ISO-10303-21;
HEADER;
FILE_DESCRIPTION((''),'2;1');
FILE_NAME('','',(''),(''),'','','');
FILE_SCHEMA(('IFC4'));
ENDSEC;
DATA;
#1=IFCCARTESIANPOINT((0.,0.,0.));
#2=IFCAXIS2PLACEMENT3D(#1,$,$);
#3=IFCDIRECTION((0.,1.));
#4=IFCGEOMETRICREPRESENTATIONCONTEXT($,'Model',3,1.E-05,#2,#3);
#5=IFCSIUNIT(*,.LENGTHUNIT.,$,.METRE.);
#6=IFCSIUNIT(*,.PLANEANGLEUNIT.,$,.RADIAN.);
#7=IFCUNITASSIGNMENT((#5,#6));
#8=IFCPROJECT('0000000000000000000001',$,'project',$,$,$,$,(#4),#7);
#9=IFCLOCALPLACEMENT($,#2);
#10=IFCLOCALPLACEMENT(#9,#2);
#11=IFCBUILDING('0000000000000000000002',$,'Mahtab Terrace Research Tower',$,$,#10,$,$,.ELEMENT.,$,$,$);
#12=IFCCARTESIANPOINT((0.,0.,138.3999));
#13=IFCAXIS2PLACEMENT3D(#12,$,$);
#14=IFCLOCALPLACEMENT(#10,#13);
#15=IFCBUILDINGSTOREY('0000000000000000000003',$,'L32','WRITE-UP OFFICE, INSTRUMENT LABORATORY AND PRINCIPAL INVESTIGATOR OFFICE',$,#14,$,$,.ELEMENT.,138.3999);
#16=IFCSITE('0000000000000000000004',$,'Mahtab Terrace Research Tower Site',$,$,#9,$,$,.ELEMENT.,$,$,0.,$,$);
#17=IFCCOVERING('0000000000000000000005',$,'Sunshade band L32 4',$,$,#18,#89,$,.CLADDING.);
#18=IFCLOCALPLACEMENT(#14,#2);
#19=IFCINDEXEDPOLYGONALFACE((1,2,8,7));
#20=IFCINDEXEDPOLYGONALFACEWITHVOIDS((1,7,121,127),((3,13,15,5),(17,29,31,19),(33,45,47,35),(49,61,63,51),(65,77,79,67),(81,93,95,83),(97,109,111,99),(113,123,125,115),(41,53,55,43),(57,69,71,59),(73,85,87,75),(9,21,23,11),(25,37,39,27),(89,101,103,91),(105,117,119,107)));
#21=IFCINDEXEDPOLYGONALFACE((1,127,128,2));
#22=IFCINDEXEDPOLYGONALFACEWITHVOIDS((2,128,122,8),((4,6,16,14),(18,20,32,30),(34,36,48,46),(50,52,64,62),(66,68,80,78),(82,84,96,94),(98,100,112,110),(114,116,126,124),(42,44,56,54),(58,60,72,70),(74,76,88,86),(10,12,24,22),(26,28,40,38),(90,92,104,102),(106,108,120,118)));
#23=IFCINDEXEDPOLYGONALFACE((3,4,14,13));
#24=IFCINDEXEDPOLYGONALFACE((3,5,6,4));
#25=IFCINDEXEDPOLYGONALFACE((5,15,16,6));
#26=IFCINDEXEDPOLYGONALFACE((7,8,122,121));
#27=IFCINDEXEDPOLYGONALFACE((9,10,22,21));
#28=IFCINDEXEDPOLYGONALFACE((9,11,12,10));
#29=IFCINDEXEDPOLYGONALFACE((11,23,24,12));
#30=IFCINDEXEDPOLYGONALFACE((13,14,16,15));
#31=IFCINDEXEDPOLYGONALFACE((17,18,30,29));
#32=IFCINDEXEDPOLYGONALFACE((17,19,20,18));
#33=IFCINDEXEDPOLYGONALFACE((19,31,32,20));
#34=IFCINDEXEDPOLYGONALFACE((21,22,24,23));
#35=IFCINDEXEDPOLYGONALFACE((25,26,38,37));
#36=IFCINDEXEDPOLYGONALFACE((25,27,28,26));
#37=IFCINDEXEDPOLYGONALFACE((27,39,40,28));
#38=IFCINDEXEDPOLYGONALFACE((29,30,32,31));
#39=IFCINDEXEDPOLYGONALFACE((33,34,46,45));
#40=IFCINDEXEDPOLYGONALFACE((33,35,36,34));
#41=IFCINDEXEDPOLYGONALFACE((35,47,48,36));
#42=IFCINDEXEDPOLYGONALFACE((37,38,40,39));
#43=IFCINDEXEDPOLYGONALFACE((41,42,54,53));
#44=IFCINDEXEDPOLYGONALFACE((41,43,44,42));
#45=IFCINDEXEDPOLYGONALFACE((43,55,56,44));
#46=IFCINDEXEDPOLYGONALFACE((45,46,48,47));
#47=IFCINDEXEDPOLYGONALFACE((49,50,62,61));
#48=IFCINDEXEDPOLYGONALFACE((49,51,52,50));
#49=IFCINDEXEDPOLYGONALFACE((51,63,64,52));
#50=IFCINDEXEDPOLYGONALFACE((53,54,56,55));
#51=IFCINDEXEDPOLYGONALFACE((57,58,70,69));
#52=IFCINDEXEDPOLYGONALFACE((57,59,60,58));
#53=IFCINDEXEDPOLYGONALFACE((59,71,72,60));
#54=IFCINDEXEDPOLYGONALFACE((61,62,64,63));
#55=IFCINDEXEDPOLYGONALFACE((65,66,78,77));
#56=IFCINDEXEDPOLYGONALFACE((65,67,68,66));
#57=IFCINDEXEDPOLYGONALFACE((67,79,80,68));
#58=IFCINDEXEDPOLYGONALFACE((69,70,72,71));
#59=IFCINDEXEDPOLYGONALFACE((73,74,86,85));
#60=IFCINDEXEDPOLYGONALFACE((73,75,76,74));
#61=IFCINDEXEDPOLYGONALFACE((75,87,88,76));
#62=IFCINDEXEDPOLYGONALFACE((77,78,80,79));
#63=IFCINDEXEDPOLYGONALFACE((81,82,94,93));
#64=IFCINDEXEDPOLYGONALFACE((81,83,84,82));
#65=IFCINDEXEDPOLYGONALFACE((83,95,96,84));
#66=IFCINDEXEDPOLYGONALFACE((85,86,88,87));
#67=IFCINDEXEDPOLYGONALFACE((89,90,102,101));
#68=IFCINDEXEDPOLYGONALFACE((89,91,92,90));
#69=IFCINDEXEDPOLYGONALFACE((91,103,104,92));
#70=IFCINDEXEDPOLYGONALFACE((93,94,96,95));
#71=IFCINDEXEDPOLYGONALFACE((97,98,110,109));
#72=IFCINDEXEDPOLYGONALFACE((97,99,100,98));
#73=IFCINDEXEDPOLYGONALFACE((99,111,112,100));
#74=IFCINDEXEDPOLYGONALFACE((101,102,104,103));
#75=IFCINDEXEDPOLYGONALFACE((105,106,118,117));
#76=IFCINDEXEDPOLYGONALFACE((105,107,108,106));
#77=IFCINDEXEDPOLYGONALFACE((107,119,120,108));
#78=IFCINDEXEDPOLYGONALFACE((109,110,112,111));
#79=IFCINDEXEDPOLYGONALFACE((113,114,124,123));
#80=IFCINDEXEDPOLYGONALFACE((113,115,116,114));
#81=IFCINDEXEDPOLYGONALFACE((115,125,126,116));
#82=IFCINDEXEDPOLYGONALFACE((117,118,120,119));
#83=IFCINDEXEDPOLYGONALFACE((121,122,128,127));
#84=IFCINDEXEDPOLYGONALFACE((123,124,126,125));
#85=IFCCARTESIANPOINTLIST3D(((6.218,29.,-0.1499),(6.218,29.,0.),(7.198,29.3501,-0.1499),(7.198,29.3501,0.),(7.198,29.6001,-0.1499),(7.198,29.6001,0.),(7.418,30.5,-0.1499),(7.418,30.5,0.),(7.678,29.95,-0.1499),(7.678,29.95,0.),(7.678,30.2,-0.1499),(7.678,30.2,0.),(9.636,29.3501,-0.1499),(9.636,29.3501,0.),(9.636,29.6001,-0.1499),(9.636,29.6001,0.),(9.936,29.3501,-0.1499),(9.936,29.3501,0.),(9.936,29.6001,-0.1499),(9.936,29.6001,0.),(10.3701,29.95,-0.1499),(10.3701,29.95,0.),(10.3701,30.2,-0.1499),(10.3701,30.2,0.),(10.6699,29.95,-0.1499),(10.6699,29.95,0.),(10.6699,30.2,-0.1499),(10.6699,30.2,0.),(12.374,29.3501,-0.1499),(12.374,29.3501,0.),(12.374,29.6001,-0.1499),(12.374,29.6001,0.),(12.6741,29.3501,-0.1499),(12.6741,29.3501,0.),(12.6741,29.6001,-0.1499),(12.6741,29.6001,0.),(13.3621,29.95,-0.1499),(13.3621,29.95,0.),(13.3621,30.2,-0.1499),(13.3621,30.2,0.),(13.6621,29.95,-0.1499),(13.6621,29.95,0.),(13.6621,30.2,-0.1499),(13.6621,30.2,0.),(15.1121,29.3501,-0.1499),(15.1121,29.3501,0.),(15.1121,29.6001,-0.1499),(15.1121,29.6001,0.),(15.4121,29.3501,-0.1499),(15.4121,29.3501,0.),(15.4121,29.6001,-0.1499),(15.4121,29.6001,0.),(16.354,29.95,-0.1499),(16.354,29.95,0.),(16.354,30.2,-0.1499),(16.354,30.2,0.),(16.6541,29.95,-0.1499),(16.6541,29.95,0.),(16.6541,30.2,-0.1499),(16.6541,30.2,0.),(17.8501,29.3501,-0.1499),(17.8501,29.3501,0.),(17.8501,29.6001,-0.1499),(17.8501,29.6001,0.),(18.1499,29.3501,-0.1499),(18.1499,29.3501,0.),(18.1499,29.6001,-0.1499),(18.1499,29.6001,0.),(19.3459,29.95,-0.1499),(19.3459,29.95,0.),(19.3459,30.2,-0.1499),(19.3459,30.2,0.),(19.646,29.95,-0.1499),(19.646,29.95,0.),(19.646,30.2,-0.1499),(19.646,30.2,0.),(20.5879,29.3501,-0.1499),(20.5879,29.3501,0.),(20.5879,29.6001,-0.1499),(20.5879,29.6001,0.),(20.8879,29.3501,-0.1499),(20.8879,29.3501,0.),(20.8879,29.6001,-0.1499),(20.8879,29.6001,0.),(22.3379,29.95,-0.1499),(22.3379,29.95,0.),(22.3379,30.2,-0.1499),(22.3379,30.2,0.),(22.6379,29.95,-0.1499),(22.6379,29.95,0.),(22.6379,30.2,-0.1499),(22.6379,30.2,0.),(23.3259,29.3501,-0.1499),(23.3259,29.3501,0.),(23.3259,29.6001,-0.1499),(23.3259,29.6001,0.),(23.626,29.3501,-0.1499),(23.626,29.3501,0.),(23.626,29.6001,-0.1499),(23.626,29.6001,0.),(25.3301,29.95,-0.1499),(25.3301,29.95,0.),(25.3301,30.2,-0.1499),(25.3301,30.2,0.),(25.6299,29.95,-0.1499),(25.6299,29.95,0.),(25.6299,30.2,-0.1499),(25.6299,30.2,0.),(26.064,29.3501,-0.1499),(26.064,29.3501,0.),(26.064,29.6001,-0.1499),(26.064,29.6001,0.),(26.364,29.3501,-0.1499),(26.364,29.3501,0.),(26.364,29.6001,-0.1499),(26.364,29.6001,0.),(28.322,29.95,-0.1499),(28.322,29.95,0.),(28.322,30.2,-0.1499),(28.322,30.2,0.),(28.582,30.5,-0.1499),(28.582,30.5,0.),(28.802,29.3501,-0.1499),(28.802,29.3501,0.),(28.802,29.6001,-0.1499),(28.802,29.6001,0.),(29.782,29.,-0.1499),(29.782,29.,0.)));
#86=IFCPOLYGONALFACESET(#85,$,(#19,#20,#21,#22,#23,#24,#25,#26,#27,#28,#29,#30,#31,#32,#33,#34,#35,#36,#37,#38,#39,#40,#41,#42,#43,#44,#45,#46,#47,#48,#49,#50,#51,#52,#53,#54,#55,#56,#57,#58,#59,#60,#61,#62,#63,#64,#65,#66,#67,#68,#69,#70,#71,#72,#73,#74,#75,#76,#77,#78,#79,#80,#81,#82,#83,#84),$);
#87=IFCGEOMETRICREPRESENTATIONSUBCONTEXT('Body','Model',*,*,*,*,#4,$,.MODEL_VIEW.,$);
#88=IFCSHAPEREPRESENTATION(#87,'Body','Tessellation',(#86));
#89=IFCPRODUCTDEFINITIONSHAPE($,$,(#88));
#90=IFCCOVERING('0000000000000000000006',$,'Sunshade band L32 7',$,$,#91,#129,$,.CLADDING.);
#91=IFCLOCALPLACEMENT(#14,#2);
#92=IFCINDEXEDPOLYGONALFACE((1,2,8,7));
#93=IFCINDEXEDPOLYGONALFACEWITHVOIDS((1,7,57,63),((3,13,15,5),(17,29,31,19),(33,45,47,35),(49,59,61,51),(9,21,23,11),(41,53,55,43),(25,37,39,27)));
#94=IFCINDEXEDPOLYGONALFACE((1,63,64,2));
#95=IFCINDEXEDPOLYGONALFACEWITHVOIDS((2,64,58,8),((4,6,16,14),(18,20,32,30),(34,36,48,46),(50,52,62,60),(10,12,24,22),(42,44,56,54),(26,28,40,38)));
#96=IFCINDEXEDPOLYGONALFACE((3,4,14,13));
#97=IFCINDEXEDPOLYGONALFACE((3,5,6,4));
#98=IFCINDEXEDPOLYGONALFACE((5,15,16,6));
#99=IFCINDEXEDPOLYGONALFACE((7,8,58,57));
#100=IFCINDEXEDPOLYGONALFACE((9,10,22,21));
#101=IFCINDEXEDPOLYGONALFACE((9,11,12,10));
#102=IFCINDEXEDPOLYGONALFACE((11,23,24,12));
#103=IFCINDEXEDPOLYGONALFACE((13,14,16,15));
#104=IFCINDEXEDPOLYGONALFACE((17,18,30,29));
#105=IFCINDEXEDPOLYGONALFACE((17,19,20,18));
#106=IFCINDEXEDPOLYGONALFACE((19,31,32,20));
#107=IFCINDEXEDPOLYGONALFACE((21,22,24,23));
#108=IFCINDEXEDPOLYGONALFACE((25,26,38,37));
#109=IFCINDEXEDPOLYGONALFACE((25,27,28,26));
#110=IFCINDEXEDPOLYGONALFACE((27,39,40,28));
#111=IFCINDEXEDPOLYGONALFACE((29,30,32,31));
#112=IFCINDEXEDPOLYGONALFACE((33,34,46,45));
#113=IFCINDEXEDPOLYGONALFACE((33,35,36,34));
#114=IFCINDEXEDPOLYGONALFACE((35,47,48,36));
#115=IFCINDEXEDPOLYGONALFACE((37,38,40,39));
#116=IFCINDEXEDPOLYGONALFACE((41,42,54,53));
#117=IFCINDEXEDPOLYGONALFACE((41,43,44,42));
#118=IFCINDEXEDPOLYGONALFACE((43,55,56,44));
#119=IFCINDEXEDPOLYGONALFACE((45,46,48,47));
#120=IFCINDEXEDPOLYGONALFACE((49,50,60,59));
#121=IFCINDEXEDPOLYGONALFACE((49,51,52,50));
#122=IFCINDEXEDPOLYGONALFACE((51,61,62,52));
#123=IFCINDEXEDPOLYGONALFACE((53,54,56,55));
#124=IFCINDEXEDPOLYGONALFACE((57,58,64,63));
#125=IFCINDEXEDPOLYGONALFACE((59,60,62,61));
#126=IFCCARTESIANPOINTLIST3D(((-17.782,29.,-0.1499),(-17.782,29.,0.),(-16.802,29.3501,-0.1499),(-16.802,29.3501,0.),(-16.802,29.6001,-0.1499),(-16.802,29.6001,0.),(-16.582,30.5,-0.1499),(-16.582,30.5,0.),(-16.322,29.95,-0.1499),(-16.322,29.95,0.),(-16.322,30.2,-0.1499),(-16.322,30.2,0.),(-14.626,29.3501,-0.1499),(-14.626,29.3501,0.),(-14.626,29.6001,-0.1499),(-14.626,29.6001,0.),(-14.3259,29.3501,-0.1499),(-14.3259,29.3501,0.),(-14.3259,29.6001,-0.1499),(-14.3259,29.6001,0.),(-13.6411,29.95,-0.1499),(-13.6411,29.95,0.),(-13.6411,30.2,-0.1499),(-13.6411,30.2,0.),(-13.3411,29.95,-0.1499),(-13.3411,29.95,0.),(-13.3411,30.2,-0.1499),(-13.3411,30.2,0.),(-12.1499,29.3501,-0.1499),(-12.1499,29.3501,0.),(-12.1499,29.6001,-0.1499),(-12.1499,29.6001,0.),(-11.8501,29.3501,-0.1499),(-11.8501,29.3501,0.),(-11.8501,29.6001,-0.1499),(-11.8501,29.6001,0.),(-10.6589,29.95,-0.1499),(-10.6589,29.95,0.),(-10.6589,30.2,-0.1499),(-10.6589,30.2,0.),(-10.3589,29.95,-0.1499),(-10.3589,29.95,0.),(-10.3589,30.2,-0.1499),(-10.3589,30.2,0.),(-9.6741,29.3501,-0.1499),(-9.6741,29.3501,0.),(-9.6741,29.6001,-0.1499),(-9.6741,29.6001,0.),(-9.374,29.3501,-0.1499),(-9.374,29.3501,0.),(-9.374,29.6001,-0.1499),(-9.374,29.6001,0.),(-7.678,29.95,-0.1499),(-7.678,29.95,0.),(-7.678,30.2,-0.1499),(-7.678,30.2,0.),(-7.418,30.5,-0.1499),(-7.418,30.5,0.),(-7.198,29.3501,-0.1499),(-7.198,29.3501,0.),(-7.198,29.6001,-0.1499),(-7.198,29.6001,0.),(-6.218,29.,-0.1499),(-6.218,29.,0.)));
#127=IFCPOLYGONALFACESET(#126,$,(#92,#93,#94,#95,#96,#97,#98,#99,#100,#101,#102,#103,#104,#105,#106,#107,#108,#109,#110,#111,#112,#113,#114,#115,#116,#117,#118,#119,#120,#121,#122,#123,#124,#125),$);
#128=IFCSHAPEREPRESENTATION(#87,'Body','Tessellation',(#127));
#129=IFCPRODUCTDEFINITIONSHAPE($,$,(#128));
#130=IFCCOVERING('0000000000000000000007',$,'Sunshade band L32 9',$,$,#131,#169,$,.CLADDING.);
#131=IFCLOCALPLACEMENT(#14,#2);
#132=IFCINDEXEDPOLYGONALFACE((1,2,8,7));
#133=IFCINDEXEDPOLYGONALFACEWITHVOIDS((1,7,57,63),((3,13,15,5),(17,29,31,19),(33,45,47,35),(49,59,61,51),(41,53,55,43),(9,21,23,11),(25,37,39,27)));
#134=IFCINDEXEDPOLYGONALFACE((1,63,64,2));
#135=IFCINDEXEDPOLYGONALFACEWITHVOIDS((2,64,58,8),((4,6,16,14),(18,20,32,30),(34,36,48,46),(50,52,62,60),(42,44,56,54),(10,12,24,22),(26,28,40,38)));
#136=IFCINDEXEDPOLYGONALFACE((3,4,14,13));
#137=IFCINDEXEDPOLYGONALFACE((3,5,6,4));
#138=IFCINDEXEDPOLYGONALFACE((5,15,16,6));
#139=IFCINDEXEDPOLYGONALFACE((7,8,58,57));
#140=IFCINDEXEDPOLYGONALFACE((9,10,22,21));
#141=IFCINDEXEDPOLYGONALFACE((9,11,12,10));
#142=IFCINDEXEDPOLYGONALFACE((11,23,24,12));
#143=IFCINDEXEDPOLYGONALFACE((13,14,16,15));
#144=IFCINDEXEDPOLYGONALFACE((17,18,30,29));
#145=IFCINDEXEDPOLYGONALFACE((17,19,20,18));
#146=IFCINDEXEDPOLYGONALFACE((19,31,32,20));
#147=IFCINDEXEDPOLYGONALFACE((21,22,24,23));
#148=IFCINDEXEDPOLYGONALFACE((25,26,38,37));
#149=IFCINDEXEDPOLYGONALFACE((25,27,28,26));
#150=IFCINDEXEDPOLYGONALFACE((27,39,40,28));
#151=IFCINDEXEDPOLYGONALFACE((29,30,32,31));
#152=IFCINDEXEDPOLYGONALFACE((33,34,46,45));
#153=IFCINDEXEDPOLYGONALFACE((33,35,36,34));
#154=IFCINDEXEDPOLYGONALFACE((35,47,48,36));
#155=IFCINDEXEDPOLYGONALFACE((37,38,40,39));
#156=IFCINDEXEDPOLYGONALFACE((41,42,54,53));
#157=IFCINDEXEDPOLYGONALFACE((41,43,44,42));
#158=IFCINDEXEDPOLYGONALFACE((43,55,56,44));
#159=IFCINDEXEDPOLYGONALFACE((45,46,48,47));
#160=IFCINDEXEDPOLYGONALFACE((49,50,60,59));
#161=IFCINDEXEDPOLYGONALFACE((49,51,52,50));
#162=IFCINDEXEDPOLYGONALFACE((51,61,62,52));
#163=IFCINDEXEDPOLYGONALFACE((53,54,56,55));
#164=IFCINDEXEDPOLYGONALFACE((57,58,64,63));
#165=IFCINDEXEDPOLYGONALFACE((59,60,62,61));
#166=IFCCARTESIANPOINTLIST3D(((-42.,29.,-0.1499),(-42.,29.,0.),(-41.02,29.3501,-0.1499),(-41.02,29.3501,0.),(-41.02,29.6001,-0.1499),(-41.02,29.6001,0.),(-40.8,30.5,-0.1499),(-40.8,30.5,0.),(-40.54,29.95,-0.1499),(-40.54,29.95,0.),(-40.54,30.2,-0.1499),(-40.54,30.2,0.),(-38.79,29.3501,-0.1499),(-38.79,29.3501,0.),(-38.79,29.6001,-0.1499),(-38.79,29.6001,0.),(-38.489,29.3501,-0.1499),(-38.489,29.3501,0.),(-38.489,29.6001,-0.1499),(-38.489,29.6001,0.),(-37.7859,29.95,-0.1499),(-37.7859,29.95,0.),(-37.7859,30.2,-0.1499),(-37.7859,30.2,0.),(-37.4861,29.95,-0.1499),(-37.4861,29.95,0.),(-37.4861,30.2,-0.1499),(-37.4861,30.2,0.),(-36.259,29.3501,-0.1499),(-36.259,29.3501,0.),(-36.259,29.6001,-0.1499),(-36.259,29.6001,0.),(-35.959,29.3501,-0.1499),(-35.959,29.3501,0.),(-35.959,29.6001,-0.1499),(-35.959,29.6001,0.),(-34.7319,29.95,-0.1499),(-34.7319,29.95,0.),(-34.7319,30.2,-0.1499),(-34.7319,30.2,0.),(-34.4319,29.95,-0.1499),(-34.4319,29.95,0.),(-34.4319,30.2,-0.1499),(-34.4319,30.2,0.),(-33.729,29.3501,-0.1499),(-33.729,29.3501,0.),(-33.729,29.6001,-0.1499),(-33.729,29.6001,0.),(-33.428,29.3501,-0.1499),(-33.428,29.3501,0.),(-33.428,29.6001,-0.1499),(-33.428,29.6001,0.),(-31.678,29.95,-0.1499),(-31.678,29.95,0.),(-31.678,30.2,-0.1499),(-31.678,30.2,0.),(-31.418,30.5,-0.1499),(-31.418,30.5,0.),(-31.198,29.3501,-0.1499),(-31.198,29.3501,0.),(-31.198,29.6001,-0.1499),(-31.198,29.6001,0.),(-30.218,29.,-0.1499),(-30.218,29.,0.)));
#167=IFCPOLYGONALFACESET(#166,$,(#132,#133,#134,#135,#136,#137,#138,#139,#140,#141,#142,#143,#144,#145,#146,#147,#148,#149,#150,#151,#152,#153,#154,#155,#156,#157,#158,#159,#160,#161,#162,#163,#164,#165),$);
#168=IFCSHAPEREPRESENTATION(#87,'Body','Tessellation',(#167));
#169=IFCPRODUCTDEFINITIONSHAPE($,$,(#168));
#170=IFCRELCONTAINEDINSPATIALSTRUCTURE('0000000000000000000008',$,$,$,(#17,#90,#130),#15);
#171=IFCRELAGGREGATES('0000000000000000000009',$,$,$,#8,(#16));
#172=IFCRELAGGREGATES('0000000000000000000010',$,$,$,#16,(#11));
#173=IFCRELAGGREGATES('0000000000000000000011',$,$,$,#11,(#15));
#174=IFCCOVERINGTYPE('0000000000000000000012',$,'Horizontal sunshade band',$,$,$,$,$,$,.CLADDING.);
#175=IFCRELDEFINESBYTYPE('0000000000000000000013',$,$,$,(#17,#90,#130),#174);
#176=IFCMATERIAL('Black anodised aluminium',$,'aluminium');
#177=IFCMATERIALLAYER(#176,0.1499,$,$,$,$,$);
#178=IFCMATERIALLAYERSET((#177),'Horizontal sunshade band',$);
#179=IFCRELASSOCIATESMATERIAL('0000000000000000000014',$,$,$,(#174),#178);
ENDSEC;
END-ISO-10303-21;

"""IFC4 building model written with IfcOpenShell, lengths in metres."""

from ifc_helpers import new_model, si_unit, direction, frame, origin, place, context, subcontext, project, spatial, polyline, outline, extrude, material, layer, layer_set, type_object, element, save


model = new_model("IFC4")

# Units and contexts
model_context = context("Model", 3, precision=1e-05, world=origin(), true_north=direction((0.0, 1.0)))
body_context = subcontext(model_context, "Body", "Model", "MODEL_VIEW")
ifc_project = project(units=[si_unit("LENGTHUNIT", "METRE"), si_unit("PLANEANGLEUNIT", "RADIAN")], contexts=[model_context])

# Site, building, storey
site_placement = place(None, origin())
site = spatial("IfcSite", under=ifc_project, at=site_placement, Name="Mahtab Terrace Research Tower Site", CompositionType="ELEMENT", RefElevation=0.0)
building_placement = place(site_placement, origin())
building = spatial("IfcBuilding", under=site, at=building_placement, Name="Mahtab Terrace Research Tower", CompositionType="ELEMENT")
storey_placement = place(building_placement, frame((0.0, 0.0, 138.3999)))
storey = spatial("IfcBuildingStorey", under=building, at=storey_placement, Name="L32", Description="WRITE-UP OFFICE, INSTRUMENT LABORATORY AND PRINCIPAL INVESTIGATOR OFFICE", CompositionType="ELEMENT", Elevation=138.3999)

# Coverings
ifc_material_1 = material(Name="Black anodised aluminium", Category="aluminium")
ifc_layer_1 = layer(ifc_material_1, 0.1499)
ifc_layer_set_1 = layer_set([ifc_layer_1], Name="Horizontal sunshade band")
covering_type = type_object("IfcCoveringType", Name="Horizontal sunshade band", PredefinedType="CLADDING", material=ifc_layer_set_1)
covering_1_placement = place(storey_placement, frame((0.0, 0.0, -0.1499)))
element("IfcCovering", 1, at=covering_1_placement, inside=storey, type_object=covering_type, Name="Sunshade band L32 4", PredefinedType="CLADDING", context=body_context, shape_type="SweptSolid", body=[
    extrude(outline(polyline([(29.782, 29.0), (6.218, 29.0), (7.418, 30.5), (28.582, 30.5), (29.782, 29.0)]), holes=[polyline([(28.802, 29.3501), (26.364, 29.3501), (26.364, 29.6001), (28.802, 29.6001), (28.802, 29.3501)]), polyline([(26.064, 29.3501), (23.626, 29.3501), (23.626, 29.6001), (26.064, 29.6001), (26.064, 29.3501)]), polyline([(23.3259, 29.3501), (20.8879, 29.3501), (20.8879, 29.6001), (23.3259, 29.6001), (23.3259, 29.3501)]), polyline([(20.5879, 29.3501), (18.1499, 29.3501), (18.1499, 29.6001), (20.5879, 29.6001), (20.5879, 29.3501)]), polyline([(17.8501, 29.3501), (15.4121, 29.3501), (15.4121, 29.6001), (17.8501, 29.6001), (17.8501, 29.3501)]), polyline([(15.1121, 29.3501), (12.6741, 29.3501), (12.6741, 29.6001), (15.1121, 29.6001), (15.1121, 29.3501)]), polyline([(12.374, 29.3501), (9.936, 29.3501), (9.936, 29.6001), (12.374, 29.6001), (12.374, 29.3501)]), polyline([(9.636, 29.3501), (7.198, 29.3501), (7.198, 29.6001), (9.636, 29.6001), (9.636, 29.3501)]), polyline([(28.322, 29.95), (25.6299, 29.95), (25.6299, 30.2), (28.322, 30.2), (28.322, 29.95)]), polyline([(25.3301, 29.95), (22.6379, 29.95), (22.6379, 30.2), (25.3301, 30.2), (25.3301, 29.95)]), polyline([(22.3379, 29.95), (19.646, 29.95), (19.646, 30.2), (22.3379, 30.2), (22.3379, 29.95)]), polyline([(19.3459, 29.95), (16.6541, 29.95), (16.6541, 30.2), (19.3459, 30.2), (19.3459, 29.95)]), polyline([(16.354, 29.95), (13.6621, 29.95), (13.6621, 30.2), (16.354, 30.2), (16.354, 29.95)]), polyline([(13.3621, 29.95), (10.6699, 29.95), (10.6699, 30.2), (13.3621, 30.2), (13.3621, 29.95)]), polyline([(10.3701, 29.95), (7.678, 29.95), (7.678, 30.2), (10.3701, 30.2), (10.3701, 29.95)])]), origin(), (0.0, 0.0, 1.0), 0.1499),
])
covering_2_placement = place(storey_placement, frame((0.0, 0.0, -0.1499)))
element("IfcCovering", 2, at=covering_2_placement, inside=storey, type_object=covering_type, Name="Sunshade band L32 7", PredefinedType="CLADDING", context=body_context, shape_type="SweptSolid", body=[
    extrude(outline(polyline([(-6.218, 29.0), (-17.782, 29.0), (-16.582, 30.5), (-7.418, 30.5), (-6.218, 29.0)]), holes=[polyline([(-7.198, 29.3501), (-9.374, 29.3501), (-9.374, 29.6001), (-7.198, 29.6001), (-7.198, 29.3501)]), polyline([(-9.6741, 29.3501), (-11.8501, 29.3501), (-11.8501, 29.6001), (-9.6741, 29.6001), (-9.6741, 29.3501)]), polyline([(-12.1499, 29.3501), (-14.3259, 29.3501), (-14.3259, 29.6001), (-12.1499, 29.6001), (-12.1499, 29.3501)]), polyline([(-14.626, 29.3501), (-16.802, 29.3501), (-16.802, 29.6001), (-14.626, 29.6001), (-14.626, 29.3501)]), polyline([(-7.678, 29.95), (-10.3589, 29.95), (-10.3589, 30.2), (-7.678, 30.2), (-7.678, 29.95)]), polyline([(-10.6589, 29.95), (-13.3411, 29.95), (-13.3411, 30.2), (-10.6589, 30.2), (-10.6589, 29.95)]), polyline([(-13.6411, 29.95), (-16.322, 29.95), (-16.322, 30.2), (-13.6411, 30.2), (-13.6411, 29.95)])]), origin(), (0.0, 0.0, 1.0), 0.1499),
])
covering_3_placement = place(storey_placement, frame((0.0, 0.0, -0.1499)))
element("IfcCovering", 3, at=covering_3_placement, inside=storey, type_object=covering_type, Name="Sunshade band L32 9", PredefinedType="CLADDING", context=body_context, shape_type="SweptSolid", body=[
    extrude(outline(polyline([(-30.218, 29.0), (-42.0, 29.0), (-40.8, 30.5), (-31.418, 30.5), (-30.218, 29.0)]), holes=[polyline([(-31.198, 29.3501), (-33.428, 29.3501), (-33.428, 29.6001), (-31.198, 29.6001), (-31.198, 29.3501)]), polyline([(-33.729, 29.3501), (-35.959, 29.3501), (-35.959, 29.6001), (-33.729, 29.6001), (-33.729, 29.3501)]), polyline([(-36.259, 29.3501), (-38.489, 29.3501), (-38.489, 29.6001), (-36.259, 29.6001), (-36.259, 29.3501)]), polyline([(-38.79, 29.3501), (-41.02, 29.3501), (-41.02, 29.6001), (-38.79, 29.6001), (-38.79, 29.3501)]), polyline([(-31.678, 29.95), (-34.4319, 29.95), (-34.4319, 30.2), (-31.678, 30.2), (-31.678, 29.95)]), polyline([(-34.7319, 29.95), (-37.4861, 29.95), (-37.4861, 30.2), (-34.7319, 30.2), (-34.7319, 29.95)]), polyline([(-37.7859, 29.95), (-40.54, 29.95), (-40.54, 30.2), (-37.7859, 30.2), (-37.7859, 29.95)])]), origin(), (0.0, 0.0, 1.0), 0.1499),
])

save(model, "model.ifc")
